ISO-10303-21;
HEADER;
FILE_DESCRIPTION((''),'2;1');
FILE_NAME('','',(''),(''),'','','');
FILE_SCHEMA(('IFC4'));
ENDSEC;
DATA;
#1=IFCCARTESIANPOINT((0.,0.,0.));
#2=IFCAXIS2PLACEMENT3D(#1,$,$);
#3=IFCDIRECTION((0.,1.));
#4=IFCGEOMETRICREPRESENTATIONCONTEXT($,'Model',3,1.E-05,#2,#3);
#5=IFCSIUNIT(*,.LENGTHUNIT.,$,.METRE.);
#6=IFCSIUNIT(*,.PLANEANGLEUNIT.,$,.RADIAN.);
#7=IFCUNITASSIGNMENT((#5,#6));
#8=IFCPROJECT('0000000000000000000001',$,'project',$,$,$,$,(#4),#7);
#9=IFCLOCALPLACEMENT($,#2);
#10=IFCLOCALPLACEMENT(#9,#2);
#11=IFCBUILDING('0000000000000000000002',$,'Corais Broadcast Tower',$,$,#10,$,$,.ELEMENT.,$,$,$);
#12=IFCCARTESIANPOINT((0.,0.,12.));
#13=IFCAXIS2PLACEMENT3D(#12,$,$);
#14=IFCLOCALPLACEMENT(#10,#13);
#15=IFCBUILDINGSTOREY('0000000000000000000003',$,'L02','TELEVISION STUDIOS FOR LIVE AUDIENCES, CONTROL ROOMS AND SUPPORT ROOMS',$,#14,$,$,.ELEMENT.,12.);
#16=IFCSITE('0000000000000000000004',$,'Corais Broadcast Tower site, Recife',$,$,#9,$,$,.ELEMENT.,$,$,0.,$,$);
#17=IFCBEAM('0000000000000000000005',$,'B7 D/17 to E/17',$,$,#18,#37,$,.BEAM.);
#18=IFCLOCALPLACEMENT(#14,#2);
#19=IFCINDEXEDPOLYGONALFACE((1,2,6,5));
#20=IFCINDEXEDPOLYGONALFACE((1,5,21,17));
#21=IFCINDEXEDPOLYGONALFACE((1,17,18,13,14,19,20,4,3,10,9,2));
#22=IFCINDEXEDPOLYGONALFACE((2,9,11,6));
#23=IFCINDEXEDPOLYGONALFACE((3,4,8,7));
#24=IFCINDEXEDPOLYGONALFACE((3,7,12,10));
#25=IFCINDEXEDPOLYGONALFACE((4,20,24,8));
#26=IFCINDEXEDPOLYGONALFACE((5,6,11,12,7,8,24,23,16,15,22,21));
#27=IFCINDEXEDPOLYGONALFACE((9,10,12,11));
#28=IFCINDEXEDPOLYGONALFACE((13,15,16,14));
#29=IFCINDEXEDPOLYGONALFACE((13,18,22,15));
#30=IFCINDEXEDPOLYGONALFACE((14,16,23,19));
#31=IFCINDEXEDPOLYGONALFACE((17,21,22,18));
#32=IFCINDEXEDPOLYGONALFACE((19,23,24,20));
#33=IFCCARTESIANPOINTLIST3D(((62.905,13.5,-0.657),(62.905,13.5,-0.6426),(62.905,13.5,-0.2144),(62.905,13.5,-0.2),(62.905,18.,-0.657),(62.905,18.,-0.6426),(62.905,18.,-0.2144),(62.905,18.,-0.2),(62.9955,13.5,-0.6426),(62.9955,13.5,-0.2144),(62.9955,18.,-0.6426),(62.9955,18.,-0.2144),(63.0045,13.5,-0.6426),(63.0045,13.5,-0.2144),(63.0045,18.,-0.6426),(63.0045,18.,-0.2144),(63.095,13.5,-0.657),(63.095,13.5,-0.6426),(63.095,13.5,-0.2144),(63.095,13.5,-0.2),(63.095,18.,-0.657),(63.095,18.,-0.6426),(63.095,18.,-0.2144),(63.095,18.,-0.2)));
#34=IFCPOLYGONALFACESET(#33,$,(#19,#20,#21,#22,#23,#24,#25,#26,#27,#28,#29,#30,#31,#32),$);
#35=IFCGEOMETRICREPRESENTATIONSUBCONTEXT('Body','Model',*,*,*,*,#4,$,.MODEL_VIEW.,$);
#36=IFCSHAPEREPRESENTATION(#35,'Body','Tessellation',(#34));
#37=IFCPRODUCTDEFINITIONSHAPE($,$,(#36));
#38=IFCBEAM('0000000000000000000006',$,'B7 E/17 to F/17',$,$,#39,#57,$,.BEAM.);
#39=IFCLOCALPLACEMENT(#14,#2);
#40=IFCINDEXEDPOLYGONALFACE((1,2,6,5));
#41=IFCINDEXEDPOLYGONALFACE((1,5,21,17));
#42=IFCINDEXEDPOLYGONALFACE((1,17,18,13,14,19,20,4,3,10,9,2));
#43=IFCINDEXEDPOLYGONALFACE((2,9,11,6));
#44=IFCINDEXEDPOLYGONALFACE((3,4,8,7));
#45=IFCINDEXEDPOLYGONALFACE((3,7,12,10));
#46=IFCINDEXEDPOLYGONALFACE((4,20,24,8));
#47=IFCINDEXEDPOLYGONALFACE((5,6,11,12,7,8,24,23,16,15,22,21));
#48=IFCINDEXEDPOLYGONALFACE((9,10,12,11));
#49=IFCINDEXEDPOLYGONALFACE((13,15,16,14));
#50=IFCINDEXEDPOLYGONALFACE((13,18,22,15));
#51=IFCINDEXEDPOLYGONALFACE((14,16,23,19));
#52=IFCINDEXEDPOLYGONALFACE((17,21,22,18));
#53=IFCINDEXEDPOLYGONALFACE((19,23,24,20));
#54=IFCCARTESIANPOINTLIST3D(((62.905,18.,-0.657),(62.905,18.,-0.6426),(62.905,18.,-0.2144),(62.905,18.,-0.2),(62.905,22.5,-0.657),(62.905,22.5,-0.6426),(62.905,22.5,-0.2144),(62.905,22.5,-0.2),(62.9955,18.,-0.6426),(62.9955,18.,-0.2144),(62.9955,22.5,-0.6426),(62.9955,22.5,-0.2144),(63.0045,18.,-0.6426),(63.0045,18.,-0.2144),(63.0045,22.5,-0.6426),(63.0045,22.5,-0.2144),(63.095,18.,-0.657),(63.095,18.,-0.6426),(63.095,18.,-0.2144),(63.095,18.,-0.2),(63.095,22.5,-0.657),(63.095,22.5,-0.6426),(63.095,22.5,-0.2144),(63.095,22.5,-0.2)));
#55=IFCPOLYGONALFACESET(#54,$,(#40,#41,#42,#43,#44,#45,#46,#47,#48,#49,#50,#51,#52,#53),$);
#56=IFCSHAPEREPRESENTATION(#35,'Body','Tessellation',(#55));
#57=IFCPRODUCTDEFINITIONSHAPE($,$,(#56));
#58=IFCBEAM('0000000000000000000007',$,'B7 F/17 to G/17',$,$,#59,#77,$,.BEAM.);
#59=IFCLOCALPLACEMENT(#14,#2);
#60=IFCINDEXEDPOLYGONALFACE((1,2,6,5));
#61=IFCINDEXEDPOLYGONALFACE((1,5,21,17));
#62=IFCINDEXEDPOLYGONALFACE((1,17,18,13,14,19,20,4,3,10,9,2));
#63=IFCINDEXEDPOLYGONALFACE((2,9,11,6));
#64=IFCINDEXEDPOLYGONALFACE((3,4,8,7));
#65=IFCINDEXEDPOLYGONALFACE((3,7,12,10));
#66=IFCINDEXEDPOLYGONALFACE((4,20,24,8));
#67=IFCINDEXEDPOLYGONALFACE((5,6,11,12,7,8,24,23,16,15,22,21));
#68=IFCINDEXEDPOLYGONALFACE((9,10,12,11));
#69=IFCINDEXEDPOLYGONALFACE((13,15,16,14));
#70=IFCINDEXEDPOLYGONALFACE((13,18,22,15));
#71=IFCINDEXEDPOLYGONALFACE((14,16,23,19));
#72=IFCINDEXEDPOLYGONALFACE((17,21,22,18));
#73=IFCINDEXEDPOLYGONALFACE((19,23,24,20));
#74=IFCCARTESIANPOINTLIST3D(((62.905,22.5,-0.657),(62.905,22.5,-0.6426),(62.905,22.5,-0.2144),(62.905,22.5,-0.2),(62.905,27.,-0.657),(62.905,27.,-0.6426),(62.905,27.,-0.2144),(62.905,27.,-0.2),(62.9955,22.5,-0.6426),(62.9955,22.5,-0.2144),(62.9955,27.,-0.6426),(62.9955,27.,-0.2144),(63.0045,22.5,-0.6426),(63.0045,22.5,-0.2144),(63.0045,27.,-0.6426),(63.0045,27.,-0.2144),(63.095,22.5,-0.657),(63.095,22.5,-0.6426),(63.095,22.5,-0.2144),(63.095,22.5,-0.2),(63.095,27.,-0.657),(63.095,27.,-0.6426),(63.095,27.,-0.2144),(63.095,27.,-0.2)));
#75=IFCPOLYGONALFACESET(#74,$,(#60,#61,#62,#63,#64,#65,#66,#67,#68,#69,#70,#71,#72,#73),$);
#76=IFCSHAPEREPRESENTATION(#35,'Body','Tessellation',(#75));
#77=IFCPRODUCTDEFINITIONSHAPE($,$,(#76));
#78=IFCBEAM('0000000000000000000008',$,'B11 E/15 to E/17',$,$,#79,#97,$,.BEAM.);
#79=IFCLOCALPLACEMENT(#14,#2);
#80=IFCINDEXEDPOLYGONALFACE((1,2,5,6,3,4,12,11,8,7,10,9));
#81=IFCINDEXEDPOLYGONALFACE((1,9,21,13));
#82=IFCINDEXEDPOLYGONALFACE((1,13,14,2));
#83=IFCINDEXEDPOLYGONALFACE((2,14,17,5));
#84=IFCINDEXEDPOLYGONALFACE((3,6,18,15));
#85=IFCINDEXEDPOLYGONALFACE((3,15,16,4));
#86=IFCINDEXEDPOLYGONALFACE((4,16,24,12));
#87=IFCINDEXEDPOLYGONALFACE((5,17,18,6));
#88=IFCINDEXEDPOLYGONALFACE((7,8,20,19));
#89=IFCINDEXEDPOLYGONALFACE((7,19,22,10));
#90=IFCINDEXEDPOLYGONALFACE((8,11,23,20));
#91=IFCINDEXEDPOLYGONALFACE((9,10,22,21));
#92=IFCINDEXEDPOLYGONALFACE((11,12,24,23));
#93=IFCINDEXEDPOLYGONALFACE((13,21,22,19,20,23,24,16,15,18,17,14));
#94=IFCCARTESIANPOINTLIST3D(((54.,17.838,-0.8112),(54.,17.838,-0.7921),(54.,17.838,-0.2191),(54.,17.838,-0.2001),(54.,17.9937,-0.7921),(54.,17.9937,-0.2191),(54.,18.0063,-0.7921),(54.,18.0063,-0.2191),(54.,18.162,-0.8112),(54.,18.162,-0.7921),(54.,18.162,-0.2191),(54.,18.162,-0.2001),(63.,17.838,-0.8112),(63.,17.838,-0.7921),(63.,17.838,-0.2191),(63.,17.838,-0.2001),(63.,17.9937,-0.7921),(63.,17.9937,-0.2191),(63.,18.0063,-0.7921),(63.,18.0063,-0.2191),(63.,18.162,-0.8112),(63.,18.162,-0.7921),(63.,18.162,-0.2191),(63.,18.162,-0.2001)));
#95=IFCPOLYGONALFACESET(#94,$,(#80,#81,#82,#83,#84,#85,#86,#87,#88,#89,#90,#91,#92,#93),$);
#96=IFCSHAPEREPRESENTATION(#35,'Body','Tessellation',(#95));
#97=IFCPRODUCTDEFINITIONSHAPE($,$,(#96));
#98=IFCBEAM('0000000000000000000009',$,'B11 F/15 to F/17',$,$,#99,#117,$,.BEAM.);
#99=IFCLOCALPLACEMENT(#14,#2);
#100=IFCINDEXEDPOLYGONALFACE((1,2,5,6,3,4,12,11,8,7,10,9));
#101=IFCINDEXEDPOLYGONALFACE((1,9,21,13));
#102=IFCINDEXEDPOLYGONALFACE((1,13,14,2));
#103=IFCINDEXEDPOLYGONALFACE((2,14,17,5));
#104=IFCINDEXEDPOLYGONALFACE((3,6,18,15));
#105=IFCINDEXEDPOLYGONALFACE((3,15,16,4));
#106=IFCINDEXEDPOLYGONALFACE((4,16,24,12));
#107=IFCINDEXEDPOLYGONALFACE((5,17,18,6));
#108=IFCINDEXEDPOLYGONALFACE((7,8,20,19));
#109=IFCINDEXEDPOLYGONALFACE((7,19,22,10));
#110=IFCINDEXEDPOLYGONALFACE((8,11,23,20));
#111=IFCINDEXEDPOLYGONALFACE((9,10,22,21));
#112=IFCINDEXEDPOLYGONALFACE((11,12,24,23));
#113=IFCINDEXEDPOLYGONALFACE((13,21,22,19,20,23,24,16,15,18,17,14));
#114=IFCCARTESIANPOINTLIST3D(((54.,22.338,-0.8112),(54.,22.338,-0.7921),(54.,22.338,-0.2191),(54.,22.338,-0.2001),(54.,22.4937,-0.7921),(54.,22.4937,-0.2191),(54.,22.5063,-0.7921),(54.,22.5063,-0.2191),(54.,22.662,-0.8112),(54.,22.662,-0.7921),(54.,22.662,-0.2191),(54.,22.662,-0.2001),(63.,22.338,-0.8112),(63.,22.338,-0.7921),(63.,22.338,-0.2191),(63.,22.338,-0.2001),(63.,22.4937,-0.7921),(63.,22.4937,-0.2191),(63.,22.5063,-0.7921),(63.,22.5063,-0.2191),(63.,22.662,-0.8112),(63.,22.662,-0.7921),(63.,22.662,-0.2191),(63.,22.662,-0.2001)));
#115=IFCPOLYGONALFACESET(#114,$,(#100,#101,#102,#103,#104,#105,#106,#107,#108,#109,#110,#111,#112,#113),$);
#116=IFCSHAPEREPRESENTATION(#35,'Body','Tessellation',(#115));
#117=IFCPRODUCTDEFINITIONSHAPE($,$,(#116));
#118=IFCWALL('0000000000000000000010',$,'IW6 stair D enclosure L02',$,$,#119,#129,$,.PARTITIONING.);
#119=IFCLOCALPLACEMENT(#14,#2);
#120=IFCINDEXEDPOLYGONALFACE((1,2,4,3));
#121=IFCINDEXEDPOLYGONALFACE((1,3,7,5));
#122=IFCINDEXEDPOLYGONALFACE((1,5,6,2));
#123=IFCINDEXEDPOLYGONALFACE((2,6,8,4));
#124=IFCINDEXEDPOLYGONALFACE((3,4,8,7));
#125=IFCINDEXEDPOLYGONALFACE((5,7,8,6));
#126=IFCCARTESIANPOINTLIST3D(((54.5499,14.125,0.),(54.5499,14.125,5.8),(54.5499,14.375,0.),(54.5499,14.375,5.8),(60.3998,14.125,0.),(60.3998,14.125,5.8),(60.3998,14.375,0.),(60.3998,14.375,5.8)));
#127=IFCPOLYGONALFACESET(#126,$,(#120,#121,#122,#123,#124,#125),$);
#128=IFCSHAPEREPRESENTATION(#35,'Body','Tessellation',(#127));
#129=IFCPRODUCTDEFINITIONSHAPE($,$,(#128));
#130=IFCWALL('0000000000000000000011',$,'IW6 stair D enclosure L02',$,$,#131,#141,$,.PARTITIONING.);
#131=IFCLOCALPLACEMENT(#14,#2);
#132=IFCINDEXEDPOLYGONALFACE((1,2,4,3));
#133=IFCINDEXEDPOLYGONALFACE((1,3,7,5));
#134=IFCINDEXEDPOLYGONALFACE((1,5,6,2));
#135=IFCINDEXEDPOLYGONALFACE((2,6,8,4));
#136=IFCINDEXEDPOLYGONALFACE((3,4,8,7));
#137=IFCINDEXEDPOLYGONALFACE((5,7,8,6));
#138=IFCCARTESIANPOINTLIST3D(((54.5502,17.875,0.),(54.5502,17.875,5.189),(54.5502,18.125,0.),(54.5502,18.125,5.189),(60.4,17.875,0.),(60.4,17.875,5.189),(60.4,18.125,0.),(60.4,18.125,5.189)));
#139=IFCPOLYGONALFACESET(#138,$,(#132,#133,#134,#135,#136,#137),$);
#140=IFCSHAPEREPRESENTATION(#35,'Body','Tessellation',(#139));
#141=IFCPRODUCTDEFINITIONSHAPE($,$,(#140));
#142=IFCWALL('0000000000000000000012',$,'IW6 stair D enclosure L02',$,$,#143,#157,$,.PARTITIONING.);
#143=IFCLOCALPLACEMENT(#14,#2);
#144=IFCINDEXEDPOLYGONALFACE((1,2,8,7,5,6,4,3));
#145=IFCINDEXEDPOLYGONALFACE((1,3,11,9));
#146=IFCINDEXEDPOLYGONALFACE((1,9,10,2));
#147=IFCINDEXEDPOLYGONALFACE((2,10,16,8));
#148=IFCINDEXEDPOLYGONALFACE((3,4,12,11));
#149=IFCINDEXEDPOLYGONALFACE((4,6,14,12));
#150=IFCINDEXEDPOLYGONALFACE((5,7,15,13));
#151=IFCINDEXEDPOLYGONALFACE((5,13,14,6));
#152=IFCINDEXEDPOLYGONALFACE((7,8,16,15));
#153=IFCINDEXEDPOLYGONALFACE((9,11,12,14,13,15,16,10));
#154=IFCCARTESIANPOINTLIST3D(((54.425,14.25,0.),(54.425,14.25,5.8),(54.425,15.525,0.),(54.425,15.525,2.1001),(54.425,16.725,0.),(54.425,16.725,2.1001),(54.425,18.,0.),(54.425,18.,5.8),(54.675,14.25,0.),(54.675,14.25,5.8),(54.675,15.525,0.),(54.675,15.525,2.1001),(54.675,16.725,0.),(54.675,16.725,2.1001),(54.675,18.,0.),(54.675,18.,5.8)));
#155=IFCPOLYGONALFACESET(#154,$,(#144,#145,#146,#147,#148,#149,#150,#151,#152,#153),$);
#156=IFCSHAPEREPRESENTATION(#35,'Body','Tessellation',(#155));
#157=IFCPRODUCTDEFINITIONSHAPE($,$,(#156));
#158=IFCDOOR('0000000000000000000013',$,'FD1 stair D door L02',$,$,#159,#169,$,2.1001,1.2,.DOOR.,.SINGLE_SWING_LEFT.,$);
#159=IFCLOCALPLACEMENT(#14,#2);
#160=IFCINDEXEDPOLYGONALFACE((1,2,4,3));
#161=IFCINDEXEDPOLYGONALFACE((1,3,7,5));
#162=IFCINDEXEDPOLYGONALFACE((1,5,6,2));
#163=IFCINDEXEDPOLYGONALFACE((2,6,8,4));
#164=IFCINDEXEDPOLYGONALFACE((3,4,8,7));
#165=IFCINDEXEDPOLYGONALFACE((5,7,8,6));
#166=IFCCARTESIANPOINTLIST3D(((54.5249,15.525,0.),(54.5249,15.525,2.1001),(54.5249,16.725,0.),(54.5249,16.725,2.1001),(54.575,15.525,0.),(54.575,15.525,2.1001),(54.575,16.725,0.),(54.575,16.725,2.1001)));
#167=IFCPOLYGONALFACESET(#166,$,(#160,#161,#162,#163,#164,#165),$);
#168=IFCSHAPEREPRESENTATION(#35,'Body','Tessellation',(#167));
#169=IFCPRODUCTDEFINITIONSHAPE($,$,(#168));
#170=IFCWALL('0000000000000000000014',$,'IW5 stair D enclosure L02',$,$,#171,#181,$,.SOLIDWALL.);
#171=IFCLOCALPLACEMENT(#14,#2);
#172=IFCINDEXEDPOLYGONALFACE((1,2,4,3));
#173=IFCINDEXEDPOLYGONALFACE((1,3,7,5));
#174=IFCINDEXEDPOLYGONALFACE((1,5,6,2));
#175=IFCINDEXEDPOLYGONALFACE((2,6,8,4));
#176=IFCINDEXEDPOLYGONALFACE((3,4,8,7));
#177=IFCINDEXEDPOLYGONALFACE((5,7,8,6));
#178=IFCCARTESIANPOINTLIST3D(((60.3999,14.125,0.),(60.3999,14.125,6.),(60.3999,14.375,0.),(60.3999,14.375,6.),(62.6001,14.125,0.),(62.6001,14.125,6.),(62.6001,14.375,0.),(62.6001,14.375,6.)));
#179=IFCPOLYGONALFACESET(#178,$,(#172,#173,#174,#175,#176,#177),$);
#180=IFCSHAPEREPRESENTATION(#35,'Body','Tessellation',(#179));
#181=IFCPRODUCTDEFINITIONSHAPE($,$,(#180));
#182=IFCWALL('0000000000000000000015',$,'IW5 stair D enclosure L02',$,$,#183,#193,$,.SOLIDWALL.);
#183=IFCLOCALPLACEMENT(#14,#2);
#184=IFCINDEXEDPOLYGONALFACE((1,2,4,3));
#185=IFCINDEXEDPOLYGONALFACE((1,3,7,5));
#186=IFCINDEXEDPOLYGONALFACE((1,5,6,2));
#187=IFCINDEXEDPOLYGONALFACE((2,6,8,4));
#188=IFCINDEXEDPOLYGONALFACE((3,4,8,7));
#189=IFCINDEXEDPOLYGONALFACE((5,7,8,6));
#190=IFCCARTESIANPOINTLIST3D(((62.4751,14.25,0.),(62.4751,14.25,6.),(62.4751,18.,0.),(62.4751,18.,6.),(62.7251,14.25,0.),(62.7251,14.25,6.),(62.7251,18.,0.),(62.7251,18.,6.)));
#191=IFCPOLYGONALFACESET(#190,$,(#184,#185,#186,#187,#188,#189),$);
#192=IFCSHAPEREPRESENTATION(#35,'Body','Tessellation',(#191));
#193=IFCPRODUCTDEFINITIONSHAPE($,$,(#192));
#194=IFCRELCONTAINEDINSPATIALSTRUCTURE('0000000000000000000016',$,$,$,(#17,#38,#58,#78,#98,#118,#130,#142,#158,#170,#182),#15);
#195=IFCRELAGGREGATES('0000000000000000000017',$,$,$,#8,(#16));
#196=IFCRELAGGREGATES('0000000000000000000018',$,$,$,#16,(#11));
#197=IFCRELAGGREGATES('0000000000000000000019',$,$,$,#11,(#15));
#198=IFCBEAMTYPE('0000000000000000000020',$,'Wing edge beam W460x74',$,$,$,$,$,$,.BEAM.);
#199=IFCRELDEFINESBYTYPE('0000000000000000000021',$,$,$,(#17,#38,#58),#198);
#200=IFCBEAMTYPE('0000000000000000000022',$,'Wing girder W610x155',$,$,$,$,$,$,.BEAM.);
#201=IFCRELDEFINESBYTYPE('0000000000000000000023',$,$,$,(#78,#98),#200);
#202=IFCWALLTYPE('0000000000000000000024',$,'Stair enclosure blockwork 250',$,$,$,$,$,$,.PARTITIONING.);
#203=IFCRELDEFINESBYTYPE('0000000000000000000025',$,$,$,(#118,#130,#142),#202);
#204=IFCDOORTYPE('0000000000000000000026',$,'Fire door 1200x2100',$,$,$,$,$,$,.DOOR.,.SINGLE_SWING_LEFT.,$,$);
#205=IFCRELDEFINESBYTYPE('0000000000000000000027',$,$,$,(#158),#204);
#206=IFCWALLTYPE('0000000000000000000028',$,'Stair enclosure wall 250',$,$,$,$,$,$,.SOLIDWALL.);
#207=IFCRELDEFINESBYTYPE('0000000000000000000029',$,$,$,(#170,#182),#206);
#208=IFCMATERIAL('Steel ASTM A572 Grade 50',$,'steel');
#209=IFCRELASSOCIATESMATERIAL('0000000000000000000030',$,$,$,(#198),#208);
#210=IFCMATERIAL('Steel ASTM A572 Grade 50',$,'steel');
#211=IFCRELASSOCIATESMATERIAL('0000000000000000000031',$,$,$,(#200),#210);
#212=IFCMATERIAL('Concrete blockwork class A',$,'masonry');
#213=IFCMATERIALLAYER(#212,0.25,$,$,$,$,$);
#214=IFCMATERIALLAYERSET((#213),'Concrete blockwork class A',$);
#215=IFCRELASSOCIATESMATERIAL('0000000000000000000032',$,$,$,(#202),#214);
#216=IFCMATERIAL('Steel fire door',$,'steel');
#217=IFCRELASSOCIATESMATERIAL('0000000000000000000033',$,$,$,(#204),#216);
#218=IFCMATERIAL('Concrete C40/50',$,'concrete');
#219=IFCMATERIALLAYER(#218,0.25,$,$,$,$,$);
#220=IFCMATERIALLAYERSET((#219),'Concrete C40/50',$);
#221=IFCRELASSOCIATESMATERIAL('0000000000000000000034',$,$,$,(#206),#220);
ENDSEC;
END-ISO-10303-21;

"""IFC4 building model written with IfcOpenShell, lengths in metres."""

from ifc_helpers import new_model, si_unit, direction, frame, frame_2d, origin, origin_2d, place, context, subcontext, project, spatial, rectangle, i_section, extrude, material, layer, layer_set, material_profile, profile_set, type_object, element, fill, save


model = new_model("IFC4")

# Units and contexts
model_context = context("Model", 3, precision=1e-05, world=origin(), true_north=direction((0.0, 1.0)))
body_context = subcontext(model_context, "Body", "Model", "MODEL_VIEW")
ifc_project = project(units=[si_unit("LENGTHUNIT", "METRE"), si_unit("PLANEANGLEUNIT", "RADIAN")], contexts=[model_context])

# Site, building, storey
site_placement = place(None, origin())
site = spatial("IfcSite", under=ifc_project, at=site_placement, Name="Corais Broadcast Tower site, Recife", CompositionType="ELEMENT", RefElevation=0.0)
building_placement = place(site_placement, origin())
building = spatial("IfcBuilding", under=site, at=building_placement, Name="Corais Broadcast Tower", CompositionType="ELEMENT")
storey_placement = place(building_placement, frame((0.0, 0.0, 12.0)))
storey = spatial("IfcBuildingStorey", under=building, at=storey_placement, Name="L02", Description="TELEVISION STUDIOS FOR LIVE AUDIENCES, CONTROL ROOMS AND SUPPORT ROOMS", CompositionType="ELEMENT", Elevation=12.0)

# Beams
ifc_material_1 = material(Name="Steel ASTM A572 Grade 50", Category="steel")
ifc_material_profile_1 = material_profile(ifc_material_1, i_section(OverallWidth=0.1899, OverallDepth=0.457, WebThickness=0.009, FlangeThickness=0.0144, at=origin_2d()), Name="W460x74")
ifc_profile_set_1 = profile_set([ifc_material_profile_1], Name="Steel ASTM A572 Grade 50")
beam_type_1 = type_object("IfcBeamType", Name="Wing edge beam W460x74", PredefinedType="BEAM", material=ifc_profile_set_1)
for number, where, z_axis, x_axis, name in (
    (1, (63.0, 13.5, -0.4285), (0.0, 1.0, 0.0), (-1.0, 0.0, 0.0), "B7 D/17 to E/17"),
    (2, (63.0, 18.0, -0.4285), (0.0, 1.0, 0.0), (-1.0, 0.0, 0.0), "B7 E/17 to F/17"),
    (3, (63.0, 22.5, -0.4285), (0.0, 1.0, 0.0), (-1.0, 0.0, 0.0), "B7 F/17 to G/17"),
):
    element("IfcBeam", number, at=place(storey_placement, frame(where, z_axis=z_axis, x_axis=x_axis)), inside=storey, type_object=beam_type_1, Name=name, PredefinedType="BEAM", context=body_context, shape_type="SweptSolid", body=[
        extrude(i_section(OverallWidth=0.1899, OverallDepth=0.457, WebThickness=0.009, FlangeThickness=0.0144, at=origin_2d()), origin(), (0.0, 0.0, 1.0), 4.5),
    ])
ifc_material_2 = material(Name="Steel ASTM A572 Grade 50", Category="steel")
ifc_material_profile_2 = material_profile(ifc_material_2, i_section(OverallWidth=0.324, OverallDepth=0.6111, WebThickness=0.0127, FlangeThickness=0.019, at=origin_2d()), Name="W610x155")
ifc_profile_set_2 = profile_set([ifc_material_profile_2], Name="Steel ASTM A572 Grade 50")
beam_type_2 = type_object("IfcBeamType", Name="Wing girder W610x155", PredefinedType="BEAM", material=ifc_profile_set_2)
for number, where, z_axis, x_axis, name in (
    (4, (54.0, 18.0, -0.5056), (1.0, 0.0, 0.0), (0.0, 1.0, 0.0), "B11 E/15 to E/17"),
    (5, (54.0, 22.5, -0.5056), (1.0, 0.0, 0.0), (0.0, 1.0, 0.0), "B11 F/15 to F/17"),
):
    element("IfcBeam", number, at=place(storey_placement, frame(where, z_axis=z_axis, x_axis=x_axis)), inside=storey, type_object=beam_type_2, Name=name, PredefinedType="BEAM", context=body_context, shape_type="SweptSolid", body=[
        extrude(i_section(OverallWidth=0.324, OverallDepth=0.6111, WebThickness=0.0127, FlangeThickness=0.019, at=origin_2d()), origin(), (0.0, 0.0, 1.0), 9.0),
    ])

# Walls
ifc_material_3 = material(Name="Concrete blockwork class A", Category="masonry")
ifc_layer_1 = layer(ifc_material_3, 0.25)
ifc_layer_set_1 = layer_set([ifc_layer_1], Name="Concrete blockwork class A")
wall_type_1 = type_object("IfcWallType", Name="Stair enclosure blockwork 250", PredefinedType="PARTITIONING", material=ifc_layer_set_1)
wall_1_placement = place(storey_placement, frame((54.55, 14.25, 0.0), z_axis=(0.0, 0.0, 1.0), x_axis=(1.0, 0.0, 0.0)))
element("IfcWall", 6, at=wall_1_placement, inside=storey, type_object=wall_type_1, Name="IW6 stair D enclosure L02", PredefinedType="PARTITIONING", context=body_context, shape_type="SweptSolid", body=[
    extrude(rectangle(XDim=5.8499, YDim=0.25, at=frame_2d((2.9248, 0.0))), origin(), (0.0, 0.0, 1.0), 5.8),
])
wall_2_placement = place(storey_placement, frame((60.3999, 18.0, 0.0), z_axis=(0.0, 0.0, 1.0), x_axis=(-1.0, 0.0, 0.0)))
element("IfcWall", 7, at=wall_2_placement, inside=storey, type_object=wall_type_1, Name="IW6 stair D enclosure L02", PredefinedType="PARTITIONING", context=body_context, shape_type="SweptSolid", body=[
    extrude(rectangle(XDim=5.8499, YDim=0.25, at=frame_2d((2.9248, 0.0))), origin(), (0.0, 0.0, 1.0), 5.189),
])

# Wall, opening, door
wall_3_placement = place(storey_placement, frame((54.55, 18.0, 0.0), z_axis=(0.0, 0.0, 1.0), x_axis=(0.0, -1.0, 0.0)))
wall_3 = element("IfcWall", 8, at=wall_3_placement, inside=storey, type_object=wall_type_1, Name="IW6 stair D enclosure L02", PredefinedType="PARTITIONING", context=body_context, shape_type="SweptSolid", body=[
    extrude(rectangle(XDim=3.75, YDim=0.25, at=frame_2d((1.875, 0.0))), origin(), (0.0, 0.0, 1.0), 5.8),
])
opening_placement = place(wall_3_placement, frame((1.2749, 0.0, 0.0)))
opening = element("IfcOpeningElement", 9, at=opening_placement, cuts=wall_3, PredefinedType="OPENING", context=body_context, shape_type="SweptSolid", body=[
    extrude(rectangle(XDim=1.2, YDim=2.1001, at=frame_2d((0.6001, 1.05))), frame((0.0, 0.135, 0.0), z_axis=(0.0, -1.0, 0.0), x_axis=(1.0, 0.0, 0.0)), (0.0, 0.0, 1.0), 0.27),
])
ifc_material_4 = material(Name="Steel fire door", Category="steel")
door_type = type_object("IfcDoorType", Name="Fire door 1200x2100", OperationType="SINGLE_SWING_LEFT", PredefinedType="DOOR", material=ifc_material_4)
door_placement = place(opening_placement, origin())
door = element("IfcDoor", 10, at=door_placement, inside=storey, type_object=door_type, Name="FD1 stair D door L02", OperationType="SINGLE_SWING_LEFT", OverallHeight=2.1001, OverallWidth=1.2, PredefinedType="DOOR", context=body_context, shape_type="SweptSolid", body=[
    extrude(rectangle(XDim=1.2, YDim=2.1001, at=frame_2d((0.6001, 1.05))), frame((0.0, 0.0249, 0.0), z_axis=(0.0, -1.0, 0.0), x_axis=(1.0, 0.0, 0.0)), (0.0, 0.0, 1.0), 0.05),
])
fill(opening, door)

# Walls
ifc_material_5 = material(Name="Concrete C40/50", Category="concrete")
ifc_layer_2 = layer(ifc_material_5, 0.25)
ifc_layer_set_2 = layer_set([ifc_layer_2], Name="Concrete C40/50")
wall_type_2 = type_object("IfcWallType", Name="Stair enclosure wall 250", PredefinedType="SOLIDWALL", material=ifc_layer_set_2)
wall_4_placement = place(storey_placement, frame((60.3999, 14.25, 0.0), z_axis=(0.0, 0.0, 1.0), x_axis=(1.0, 0.0, 0.0)))
element("IfcWall", 11, at=wall_4_placement, inside=storey, type_object=wall_type_2, Name="IW5 stair D enclosure L02", PredefinedType="SOLIDWALL", context=body_context, shape_type="SweptSolid", body=[
    extrude(rectangle(XDim=2.2002, YDim=0.25, at=frame_2d((1.1001, 0.0))), origin(), (0.0, 0.0, 1.0), 6.0),
])
wall_5_placement = place(storey_placement, frame((62.6001, 14.25, 0.0), z_axis=(0.0, 0.0, 1.0), x_axis=(0.0, 1.0, 0.0)))
element("IfcWall", 12, at=wall_5_placement, inside=storey, type_object=wall_type_2, Name="IW5 stair D enclosure L02", PredefinedType="SOLIDWALL", context=body_context, shape_type="SweptSolid", body=[
    extrude(rectangle(XDim=3.75, YDim=0.25, at=frame_2d((1.875, 0.0))), origin(), (0.0, 0.0, 1.0), 6.0),
])

save(model, "model.ifc")
